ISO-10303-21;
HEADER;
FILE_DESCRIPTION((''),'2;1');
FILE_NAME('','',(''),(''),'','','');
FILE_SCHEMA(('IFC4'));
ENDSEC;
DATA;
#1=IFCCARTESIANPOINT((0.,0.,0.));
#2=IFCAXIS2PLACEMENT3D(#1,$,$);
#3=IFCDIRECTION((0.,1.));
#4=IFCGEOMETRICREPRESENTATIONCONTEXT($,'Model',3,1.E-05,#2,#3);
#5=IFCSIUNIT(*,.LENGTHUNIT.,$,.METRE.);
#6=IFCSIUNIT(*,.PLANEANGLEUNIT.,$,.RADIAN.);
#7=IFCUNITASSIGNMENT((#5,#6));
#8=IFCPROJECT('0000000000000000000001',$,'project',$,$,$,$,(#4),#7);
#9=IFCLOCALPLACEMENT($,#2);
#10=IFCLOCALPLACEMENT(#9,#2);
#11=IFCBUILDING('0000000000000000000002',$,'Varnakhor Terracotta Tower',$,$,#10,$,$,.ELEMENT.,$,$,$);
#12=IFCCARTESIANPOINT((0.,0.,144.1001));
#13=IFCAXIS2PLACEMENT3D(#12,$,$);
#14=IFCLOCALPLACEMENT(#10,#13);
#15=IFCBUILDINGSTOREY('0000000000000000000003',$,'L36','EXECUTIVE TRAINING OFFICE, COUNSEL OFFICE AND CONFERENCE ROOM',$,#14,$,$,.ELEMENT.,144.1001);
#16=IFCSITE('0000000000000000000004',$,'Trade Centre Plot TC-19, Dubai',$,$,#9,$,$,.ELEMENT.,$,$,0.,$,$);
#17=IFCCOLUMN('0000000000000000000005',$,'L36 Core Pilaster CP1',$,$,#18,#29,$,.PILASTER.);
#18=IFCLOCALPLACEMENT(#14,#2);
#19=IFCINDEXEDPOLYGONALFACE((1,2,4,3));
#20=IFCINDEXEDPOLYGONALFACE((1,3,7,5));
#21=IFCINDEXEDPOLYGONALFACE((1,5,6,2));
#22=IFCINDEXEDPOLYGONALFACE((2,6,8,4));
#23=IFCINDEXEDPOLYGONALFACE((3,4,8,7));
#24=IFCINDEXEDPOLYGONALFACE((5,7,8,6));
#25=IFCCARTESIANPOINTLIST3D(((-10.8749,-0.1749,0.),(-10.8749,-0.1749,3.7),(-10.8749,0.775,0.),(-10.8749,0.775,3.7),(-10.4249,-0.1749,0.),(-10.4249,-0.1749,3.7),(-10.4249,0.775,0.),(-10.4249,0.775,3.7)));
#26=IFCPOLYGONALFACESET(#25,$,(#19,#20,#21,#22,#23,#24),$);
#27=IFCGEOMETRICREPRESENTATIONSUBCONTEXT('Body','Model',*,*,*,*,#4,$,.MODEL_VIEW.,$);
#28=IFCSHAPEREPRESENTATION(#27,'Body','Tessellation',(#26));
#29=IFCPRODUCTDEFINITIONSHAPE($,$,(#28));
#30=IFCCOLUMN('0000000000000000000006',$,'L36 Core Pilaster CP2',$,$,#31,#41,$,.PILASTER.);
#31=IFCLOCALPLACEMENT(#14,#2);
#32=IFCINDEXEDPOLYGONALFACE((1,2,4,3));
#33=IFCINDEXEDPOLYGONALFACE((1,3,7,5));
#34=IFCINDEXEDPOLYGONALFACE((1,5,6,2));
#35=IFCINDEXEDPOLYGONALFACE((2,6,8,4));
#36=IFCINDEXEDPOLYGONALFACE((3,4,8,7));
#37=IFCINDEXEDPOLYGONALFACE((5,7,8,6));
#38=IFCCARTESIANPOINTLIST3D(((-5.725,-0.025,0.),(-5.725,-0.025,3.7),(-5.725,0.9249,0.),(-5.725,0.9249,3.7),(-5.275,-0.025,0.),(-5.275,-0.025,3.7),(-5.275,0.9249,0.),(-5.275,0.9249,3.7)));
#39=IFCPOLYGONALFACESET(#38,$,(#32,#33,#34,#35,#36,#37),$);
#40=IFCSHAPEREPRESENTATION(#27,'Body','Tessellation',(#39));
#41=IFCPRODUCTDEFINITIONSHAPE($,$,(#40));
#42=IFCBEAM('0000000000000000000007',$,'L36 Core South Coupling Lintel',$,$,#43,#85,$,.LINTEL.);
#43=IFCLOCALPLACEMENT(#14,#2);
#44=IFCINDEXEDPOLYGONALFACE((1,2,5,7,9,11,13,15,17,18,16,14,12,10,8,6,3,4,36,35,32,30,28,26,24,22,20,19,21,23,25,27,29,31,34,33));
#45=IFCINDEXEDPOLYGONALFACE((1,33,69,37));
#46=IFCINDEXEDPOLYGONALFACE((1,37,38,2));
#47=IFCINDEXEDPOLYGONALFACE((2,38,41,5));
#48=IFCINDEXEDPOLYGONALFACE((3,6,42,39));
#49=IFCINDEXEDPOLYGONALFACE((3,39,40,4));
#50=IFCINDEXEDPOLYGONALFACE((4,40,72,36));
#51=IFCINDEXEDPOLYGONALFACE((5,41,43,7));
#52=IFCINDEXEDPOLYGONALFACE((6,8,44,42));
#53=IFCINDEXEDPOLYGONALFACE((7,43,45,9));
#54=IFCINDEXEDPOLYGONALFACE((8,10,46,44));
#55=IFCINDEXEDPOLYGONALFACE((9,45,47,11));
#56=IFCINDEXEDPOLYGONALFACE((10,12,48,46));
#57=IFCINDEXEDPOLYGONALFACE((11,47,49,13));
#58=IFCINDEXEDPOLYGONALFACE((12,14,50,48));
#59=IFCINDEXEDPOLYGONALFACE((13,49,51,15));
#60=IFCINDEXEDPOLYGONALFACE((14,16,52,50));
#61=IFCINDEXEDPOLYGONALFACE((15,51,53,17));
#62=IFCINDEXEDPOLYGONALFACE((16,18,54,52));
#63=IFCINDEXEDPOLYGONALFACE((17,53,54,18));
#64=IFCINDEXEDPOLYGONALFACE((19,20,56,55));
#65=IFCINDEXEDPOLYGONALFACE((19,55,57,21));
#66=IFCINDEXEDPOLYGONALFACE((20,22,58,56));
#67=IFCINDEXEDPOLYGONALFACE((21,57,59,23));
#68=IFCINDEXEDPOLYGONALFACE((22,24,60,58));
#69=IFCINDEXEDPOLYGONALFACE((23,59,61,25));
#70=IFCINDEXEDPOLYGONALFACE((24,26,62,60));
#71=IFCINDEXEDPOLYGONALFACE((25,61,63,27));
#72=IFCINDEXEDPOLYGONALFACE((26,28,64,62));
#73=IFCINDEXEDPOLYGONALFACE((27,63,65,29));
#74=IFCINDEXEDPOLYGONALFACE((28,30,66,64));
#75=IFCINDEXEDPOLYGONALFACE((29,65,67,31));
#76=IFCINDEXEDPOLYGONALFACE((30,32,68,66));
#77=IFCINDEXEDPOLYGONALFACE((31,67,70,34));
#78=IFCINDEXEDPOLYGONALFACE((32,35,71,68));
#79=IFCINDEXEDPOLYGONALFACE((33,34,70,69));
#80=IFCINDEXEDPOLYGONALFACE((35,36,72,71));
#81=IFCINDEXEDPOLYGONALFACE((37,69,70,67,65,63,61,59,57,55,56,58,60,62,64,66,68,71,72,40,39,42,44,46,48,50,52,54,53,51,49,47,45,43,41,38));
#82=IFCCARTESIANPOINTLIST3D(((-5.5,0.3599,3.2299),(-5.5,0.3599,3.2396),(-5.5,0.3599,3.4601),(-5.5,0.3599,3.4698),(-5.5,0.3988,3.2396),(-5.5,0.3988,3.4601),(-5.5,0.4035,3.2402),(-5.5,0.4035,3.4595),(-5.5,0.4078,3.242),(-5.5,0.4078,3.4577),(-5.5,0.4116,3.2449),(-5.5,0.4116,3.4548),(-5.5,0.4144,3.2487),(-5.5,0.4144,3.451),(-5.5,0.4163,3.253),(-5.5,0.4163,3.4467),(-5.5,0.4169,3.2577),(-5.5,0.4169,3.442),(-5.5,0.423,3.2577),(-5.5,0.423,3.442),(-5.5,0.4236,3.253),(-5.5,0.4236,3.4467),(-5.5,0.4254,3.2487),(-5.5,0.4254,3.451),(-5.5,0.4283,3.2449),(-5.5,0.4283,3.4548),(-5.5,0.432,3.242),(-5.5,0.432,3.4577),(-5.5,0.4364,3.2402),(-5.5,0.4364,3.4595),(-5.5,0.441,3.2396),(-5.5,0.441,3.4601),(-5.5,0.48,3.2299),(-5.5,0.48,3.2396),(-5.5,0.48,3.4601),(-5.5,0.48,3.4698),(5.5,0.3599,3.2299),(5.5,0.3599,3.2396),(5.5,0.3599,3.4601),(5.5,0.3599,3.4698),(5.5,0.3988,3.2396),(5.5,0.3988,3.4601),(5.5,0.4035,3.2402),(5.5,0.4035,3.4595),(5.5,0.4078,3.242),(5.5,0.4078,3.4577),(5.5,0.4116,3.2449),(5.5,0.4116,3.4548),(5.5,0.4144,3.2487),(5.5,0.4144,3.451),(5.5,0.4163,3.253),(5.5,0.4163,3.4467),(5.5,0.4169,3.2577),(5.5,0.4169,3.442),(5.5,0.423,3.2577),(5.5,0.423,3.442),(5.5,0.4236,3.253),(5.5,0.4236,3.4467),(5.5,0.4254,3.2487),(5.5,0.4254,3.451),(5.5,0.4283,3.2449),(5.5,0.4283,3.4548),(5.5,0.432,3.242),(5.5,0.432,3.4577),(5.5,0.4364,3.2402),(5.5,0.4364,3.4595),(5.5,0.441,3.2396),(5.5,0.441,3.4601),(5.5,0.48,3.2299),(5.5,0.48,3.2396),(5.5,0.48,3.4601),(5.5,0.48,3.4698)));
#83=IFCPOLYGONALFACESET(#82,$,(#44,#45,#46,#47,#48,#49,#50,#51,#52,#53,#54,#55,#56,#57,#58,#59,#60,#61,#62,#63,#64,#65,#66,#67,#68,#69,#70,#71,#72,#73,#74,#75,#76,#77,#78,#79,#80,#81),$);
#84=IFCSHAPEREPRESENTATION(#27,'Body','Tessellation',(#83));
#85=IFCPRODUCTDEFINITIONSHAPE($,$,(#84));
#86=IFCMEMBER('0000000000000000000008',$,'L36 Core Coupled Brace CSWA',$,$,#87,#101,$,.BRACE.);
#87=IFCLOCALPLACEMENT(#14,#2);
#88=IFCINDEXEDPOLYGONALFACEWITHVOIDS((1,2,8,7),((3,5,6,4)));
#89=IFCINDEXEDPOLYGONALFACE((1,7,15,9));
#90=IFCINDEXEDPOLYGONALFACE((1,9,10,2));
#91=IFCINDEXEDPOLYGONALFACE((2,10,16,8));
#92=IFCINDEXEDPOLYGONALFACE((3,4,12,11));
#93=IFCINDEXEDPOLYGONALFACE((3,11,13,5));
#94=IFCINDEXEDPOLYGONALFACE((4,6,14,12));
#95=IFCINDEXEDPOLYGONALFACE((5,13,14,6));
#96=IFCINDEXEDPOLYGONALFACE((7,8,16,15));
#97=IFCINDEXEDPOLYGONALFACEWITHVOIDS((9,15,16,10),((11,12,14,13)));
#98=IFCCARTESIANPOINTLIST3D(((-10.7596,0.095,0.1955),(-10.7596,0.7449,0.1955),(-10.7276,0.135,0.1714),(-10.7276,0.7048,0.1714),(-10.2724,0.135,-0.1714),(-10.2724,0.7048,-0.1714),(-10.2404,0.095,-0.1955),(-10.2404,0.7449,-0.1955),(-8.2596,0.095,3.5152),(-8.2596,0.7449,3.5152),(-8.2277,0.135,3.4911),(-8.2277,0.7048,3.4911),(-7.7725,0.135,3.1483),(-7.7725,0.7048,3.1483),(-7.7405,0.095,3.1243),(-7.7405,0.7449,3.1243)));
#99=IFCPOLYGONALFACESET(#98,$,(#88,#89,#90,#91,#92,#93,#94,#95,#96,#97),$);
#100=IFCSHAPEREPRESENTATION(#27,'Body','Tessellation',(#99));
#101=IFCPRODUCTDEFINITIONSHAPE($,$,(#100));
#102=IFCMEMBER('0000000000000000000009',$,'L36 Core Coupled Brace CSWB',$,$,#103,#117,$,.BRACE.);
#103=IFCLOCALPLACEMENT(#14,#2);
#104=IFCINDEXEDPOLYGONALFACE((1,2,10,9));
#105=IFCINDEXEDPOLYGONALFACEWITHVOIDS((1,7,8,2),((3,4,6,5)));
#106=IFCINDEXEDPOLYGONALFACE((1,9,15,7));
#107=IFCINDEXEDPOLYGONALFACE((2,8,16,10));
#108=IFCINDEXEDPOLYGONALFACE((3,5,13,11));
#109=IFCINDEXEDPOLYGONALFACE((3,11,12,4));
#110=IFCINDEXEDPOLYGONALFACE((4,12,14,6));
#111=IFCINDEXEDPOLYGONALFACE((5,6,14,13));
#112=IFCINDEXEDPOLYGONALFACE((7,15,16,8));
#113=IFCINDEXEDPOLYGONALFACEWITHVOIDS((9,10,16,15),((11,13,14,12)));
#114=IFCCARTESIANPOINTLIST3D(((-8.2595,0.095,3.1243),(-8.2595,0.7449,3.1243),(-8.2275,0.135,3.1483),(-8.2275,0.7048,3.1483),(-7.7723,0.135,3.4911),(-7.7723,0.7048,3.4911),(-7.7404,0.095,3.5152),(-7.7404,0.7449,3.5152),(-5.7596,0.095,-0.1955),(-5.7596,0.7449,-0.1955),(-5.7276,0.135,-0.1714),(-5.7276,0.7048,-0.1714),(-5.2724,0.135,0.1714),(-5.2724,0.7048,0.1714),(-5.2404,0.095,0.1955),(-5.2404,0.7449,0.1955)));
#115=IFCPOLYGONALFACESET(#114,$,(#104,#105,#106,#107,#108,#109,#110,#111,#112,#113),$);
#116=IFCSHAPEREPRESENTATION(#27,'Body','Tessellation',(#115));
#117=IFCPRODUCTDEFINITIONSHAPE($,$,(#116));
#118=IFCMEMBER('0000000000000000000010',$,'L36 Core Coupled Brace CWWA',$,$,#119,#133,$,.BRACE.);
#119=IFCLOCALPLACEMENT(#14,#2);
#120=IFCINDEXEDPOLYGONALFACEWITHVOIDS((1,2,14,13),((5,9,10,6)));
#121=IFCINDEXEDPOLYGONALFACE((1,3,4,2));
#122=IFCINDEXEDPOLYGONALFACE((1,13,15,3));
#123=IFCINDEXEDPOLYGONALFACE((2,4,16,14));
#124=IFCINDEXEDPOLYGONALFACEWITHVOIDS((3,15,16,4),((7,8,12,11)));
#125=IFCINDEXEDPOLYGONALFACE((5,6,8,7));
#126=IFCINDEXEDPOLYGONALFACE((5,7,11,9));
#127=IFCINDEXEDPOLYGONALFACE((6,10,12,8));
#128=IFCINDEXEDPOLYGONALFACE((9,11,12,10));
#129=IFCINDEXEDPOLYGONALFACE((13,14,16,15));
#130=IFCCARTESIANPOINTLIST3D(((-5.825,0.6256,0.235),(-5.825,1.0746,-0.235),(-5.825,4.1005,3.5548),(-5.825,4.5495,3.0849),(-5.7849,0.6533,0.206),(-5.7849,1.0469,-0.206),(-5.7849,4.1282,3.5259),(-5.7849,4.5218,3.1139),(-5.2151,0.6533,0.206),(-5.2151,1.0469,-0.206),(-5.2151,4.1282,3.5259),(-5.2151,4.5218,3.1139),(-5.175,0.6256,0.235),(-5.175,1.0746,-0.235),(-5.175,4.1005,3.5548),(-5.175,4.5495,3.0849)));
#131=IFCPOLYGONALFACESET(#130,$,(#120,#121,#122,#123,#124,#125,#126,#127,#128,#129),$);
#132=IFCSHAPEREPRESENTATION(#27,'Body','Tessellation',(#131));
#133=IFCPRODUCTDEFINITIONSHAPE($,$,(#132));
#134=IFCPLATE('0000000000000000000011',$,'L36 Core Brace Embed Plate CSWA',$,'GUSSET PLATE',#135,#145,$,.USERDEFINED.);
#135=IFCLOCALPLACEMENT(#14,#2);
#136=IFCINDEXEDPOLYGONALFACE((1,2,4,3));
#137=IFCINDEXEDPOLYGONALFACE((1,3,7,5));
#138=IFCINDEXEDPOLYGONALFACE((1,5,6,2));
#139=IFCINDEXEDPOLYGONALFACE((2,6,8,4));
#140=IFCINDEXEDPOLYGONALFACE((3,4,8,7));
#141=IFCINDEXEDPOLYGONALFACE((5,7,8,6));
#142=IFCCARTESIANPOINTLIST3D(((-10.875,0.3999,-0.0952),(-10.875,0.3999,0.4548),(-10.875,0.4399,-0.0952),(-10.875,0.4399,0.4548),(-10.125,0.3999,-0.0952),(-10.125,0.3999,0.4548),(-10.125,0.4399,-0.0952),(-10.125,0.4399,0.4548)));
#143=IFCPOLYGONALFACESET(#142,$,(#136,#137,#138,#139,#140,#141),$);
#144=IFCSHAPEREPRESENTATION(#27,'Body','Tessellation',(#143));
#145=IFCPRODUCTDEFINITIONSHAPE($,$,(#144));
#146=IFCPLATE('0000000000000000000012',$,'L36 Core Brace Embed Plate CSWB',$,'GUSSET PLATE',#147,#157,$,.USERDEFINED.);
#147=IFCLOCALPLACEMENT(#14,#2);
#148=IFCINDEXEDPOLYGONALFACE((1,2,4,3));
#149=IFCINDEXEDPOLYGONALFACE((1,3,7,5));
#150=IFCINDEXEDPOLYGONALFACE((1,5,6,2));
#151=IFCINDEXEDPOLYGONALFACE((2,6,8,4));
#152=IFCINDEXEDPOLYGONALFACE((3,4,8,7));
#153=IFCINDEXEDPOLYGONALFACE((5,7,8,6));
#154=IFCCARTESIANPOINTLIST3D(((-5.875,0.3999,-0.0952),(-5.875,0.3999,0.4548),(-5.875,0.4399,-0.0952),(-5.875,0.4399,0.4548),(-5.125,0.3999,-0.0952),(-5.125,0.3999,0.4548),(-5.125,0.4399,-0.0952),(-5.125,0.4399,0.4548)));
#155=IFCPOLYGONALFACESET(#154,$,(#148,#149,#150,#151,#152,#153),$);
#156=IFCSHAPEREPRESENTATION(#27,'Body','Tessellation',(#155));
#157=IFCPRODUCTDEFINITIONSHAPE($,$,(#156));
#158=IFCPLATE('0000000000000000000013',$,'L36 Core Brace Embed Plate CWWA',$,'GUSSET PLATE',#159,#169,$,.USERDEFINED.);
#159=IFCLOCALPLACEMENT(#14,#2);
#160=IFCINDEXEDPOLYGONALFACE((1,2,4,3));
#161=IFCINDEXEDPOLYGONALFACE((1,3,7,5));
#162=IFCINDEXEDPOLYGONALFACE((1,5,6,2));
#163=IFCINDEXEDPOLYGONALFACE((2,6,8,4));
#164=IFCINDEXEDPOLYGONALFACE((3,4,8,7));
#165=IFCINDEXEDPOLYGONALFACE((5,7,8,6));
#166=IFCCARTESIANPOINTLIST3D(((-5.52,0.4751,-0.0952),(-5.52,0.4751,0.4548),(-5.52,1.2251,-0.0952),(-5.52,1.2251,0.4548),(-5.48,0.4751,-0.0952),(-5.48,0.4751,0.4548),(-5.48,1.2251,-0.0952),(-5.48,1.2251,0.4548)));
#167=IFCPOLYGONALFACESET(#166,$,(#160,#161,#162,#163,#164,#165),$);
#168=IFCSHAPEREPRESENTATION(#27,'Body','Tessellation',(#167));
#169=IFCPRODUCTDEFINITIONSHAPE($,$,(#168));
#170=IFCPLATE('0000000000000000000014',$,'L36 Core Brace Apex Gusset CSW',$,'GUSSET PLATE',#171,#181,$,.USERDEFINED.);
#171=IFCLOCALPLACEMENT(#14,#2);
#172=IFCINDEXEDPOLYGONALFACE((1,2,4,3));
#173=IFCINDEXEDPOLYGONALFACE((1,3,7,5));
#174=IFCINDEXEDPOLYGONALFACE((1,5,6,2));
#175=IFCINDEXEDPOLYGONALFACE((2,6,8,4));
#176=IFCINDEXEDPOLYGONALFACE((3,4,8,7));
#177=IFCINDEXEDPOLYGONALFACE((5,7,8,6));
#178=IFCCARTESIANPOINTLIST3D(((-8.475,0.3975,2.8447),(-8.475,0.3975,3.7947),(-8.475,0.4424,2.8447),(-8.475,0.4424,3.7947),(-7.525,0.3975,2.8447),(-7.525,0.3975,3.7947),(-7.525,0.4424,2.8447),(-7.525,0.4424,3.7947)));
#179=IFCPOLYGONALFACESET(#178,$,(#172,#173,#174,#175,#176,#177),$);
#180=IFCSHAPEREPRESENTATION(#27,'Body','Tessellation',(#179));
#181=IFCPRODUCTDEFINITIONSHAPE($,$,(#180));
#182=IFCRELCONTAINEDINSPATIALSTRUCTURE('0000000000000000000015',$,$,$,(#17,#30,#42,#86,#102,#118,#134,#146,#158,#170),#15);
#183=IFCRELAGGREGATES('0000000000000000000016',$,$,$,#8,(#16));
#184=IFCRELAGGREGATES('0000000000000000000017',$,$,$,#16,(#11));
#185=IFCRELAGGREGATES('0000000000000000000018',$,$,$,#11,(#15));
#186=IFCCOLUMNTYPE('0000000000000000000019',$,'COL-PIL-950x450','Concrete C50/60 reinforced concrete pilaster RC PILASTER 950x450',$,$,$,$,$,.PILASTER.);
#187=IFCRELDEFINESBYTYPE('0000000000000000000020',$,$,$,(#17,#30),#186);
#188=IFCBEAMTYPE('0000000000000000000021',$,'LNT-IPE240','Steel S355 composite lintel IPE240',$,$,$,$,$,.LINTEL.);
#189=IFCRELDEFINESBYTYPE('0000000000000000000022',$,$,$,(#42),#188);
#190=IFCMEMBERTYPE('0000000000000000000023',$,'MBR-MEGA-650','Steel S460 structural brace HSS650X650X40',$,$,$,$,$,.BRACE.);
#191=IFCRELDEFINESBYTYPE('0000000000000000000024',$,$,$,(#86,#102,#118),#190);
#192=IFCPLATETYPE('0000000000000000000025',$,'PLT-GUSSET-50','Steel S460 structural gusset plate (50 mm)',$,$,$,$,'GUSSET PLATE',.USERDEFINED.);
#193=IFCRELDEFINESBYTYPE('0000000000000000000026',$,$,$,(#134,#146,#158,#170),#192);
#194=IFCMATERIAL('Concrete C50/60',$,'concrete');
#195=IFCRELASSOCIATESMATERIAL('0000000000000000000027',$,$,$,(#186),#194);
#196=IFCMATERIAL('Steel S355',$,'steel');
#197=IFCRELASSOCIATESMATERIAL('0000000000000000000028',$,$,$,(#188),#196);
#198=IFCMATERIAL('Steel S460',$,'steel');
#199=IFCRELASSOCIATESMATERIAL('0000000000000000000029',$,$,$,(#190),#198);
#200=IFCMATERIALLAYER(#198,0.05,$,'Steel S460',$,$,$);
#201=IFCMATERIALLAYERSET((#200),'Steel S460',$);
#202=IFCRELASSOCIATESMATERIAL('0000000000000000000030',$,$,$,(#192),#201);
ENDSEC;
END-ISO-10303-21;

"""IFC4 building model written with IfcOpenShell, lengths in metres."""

from ifc_helpers import new_model, si_unit, direction, frame, origin, origin_2d, place, context, subcontext, project, spatial, rectangle, hollow_rectangle, i_section, extrude, source, transform, mapped, material, layer, layer_set, material_profile, profile_set, type_object, type_shapes, element, save


model = new_model("IFC4")

# Units and contexts
model_context = context("Model", 3, precision=1e-05, world=origin(), true_north=direction((0.0, 1.0)))
body_context = subcontext(model_context, "Body", "Model", "MODEL_VIEW")
ifc_project = project(units=[si_unit("LENGTHUNIT", "METRE"), si_unit("PLANEANGLEUNIT", "RADIAN")], contexts=[model_context])

# Site, building, storey
site_placement = place(None, origin())
site = spatial("IfcSite", under=ifc_project, at=site_placement, Name="Trade Centre Plot TC-19, Dubai", CompositionType="ELEMENT", RefElevation=0.0)
building_placement = place(site_placement, origin())
building = spatial("IfcBuilding", under=site, at=building_placement, Name="Varnakhor Terracotta Tower", CompositionType="ELEMENT")
storey_placement = place(building_placement, frame((0.0, 0.0, 144.1001)))
storey = spatial("IfcBuildingStorey", under=building, at=storey_placement, Name="L36", Description="EXECUTIVE TRAINING OFFICE, COUNSEL OFFICE AND CONFERENCE ROOM", CompositionType="ELEMENT", Elevation=144.1001)

# Columns
ifc_material_1 = material(Name="Concrete C50/60", Category="concrete")
ifc_material_profile_1 = material_profile(ifc_material_1, rectangle(XDim=0.45, YDim=0.95, at=origin_2d()), Name="RC PILASTER 950x450")
ifc_profile_set_1 = profile_set([ifc_material_profile_1], Name="Concrete C50/60")
column_type = type_object("IfcColumnType", Name="COL-PIL-950x450", Description="Concrete C50/60 reinforced concrete pilaster RC PILASTER 950x450", PredefinedType="PILASTER", material=ifc_profile_set_1)
shared_shape_1 = source(origin(), body_context, "Body", "SweptSolid", [
    extrude(rectangle(XDim=0.45, YDim=0.95, at=origin_2d()), origin(), (0.0, 0.0, 1.0), 3.7),
])
for number, where, z_axis, x_axis, name in (
    (1, (-10.6499, 0.3, 0.0), (0.0, 0.0, 1.0), (1.0, 0.0, 0.0), "L36 Core Pilaster CP1"),
    (2, (-5.5, 0.45, 0.0), (0.0, 0.0, 1.0), (1.0, 0.0, 0.0), "L36 Core Pilaster CP2"),
):
    element("IfcColumn", number, at=place(storey_placement, frame(where, z_axis=z_axis, x_axis=x_axis)), inside=storey, type_object=column_type, Name=name, PredefinedType="PILASTER", context=body_context, shape_type="MappedRepresentation", body=[
        mapped(shared_shape_1, transform((0.0, 0.0, 0.0), scale=1.0)),
    ])

# Beam
ifc_material_2 = material(Name="Steel S355", Category="steel")
ifc_material_profile_2 = material_profile(ifc_material_2, i_section(OverallWidth=0.1201, OverallDepth=0.24, WebThickness=0.0061, FlangeThickness=0.0098, FilletRadius=0.0181, at=origin_2d()), Name="IPE240")
ifc_profile_set_2 = profile_set([ifc_material_profile_2], Name="Steel S355")
beam_type = type_object("IfcBeamType", Name="LNT-IPE240", Description="Steel S355 composite lintel IPE240", PredefinedType="LINTEL", material=ifc_profile_set_2)
shared_shape_2 = source(origin(), body_context, "Body", "SweptSolid", [
    extrude(i_section(OverallWidth=0.1201, OverallDepth=0.24, WebThickness=0.0061, FlangeThickness=0.0098, FilletRadius=0.0181, at=origin_2d()), origin(), (0.0, 0.0, 1.0), 11.0),
])
type_shapes(beam_type, [shared_shape_2])
beam_placement = place(storey_placement, frame((-5.5, 0.4199, 3.3499), z_axis=(1.0, 0.0, 0.0), x_axis=(0.0, 1.0, 0.0)))
element("IfcBeam", 3, at=beam_placement, inside=storey, type_object=beam_type, Name="L36 Core South Coupling Lintel", PredefinedType="LINTEL", context=body_context, shape_type="MappedRepresentation", body=[
    mapped(shared_shape_2, transform((0.0, 0.0, 0.0), scale=1.0)),
])

# Members
ifc_material_3 = material(Name="Steel S460", Category="steel")
ifc_material_profile_3 = material_profile(ifc_material_3, hollow_rectangle(XDim=0.6499, YDim=0.6499, WallThickness=0.04, at=origin_2d()), Name="HSS650X650X40")
ifc_profile_set_3 = profile_set([ifc_material_profile_3], Name="Steel S460")
member_type = type_object("IfcMemberType", Name="MBR-MEGA-650", Description="Steel S460 structural brace HSS650X650X40", PredefinedType="BRACE", material=ifc_profile_set_3)
shared_shape_3 = source(origin(), body_context, "Body", "SweptSolid", [
    extrude(hollow_rectangle(XDim=0.6499, YDim=0.6499, WallThickness=0.04, at=origin_2d()), origin(), (0.0, 0.0, 1.0), 4.1558),
])
for number, where, z_axis, x_axis, name in (
    (4, (-10.5, 0.4199, 0.0), (0.601559, 0.0, 0.798828), (0.0, 1.0, 0.0), "L36 Core Coupled Brace CSWA"),
    (5, (-5.5, 0.4199, 0.0), (-0.601559, 0.0, 0.798828), (0.0, -1.0, 0.0), "L36 Core Coupled Brace CSWB"),
):
    element("IfcMember", number, at=place(storey_placement, frame(where, z_axis=z_axis, x_axis=x_axis)), inside=storey, type_object=member_type, Name=name, PredefinedType="BRACE", context=body_context, shape_type="MappedRepresentation", body=[
        mapped(shared_shape_3, transform((0.0, 0.0, 0.0), scale=1.0)),
    ])
shared_shape_4 = source(origin(), body_context, "Body", "SweptSolid", [
    extrude(hollow_rectangle(XDim=0.6499, YDim=0.6499, WallThickness=0.04, at=origin_2d()), origin(), (0.0, 0.0, 1.0), 4.8059),
])
member_placement = place(storey_placement, frame((-5.5, 0.8501, 0.0), z_axis=(0.0, 0.723052, 0.690793), x_axis=(-1.0, 0.0, 0.0)))
element("IfcMember", 6, at=member_placement, inside=storey, type_object=member_type, Name="L36 Core Coupled Brace CWWA", PredefinedType="BRACE", context=body_context, shape_type="MappedRepresentation", body=[
    mapped(shared_shape_4, transform((0.0, 0.0, 0.0), scale=1.0)),
])

# Plates
ifc_layer_1 = layer(ifc_material_3, 0.05, Name="Steel S460")
ifc_layer_set_1 = layer_set([ifc_layer_1], Name="Steel S460")
plate_type = type_object("IfcPlateType", Name="PLT-GUSSET-50", Description="Steel S460 structural gusset plate (50 mm)", ElementType="GUSSET PLATE", PredefinedType="USERDEFINED", material=ifc_layer_set_1)
shared_shape_5 = source(origin(), body_context, "Body", "SweptSolid", [
    extrude(rectangle(XDim=0.75, YDim=0.04, at=origin_2d()), origin(), (0.0, 0.0, 1.0), 0.55),
])
type_shapes(plate_type, [shared_shape_5])
for number, where, z_axis, x_axis, name in (
    (7, (-10.5, 0.4199, -0.0952), (0.0, 0.0, 1.0), (1.0, 0.0, 0.0), "L36 Core Brace Embed Plate CSWA"),
    (8, (-5.5, 0.4199, -0.0952), (0.0, 0.0, 1.0), (1.0, 0.0, 0.0), "L36 Core Brace Embed Plate CSWB"),
    (9, (-5.5, 0.8501, -0.0952), (0.0, 0.0, 1.0), (0.0, 1.0, 0.0), "L36 Core Brace Embed Plate CWWA"),
):
    element("IfcPlate", number, at=place(storey_placement, frame(where, z_axis=z_axis, x_axis=x_axis)), inside=storey, type_object=plate_type, Name=name, ObjectType="GUSSET PLATE", PredefinedType="USERDEFINED", context=body_context, shape_type="MappedRepresentation", body=[
        mapped(shared_shape_5, transform((0.0, 0.0, 0.0), scale=1.0)),
    ])
shared_shape_6 = source(origin(), body_context, "Body", "SweptSolid", [
    extrude(rectangle(XDim=0.95, YDim=0.0449, at=origin_2d()), origin(), (0.0, 0.0, 1.0), 0.95),
])
plate_placement = place(storey_placement, frame((-8.0, 0.4199, 2.8447), z_axis=(0.0, 0.0, 1.0), x_axis=(1.0, 0.0, 0.0)))
element("IfcPlate", 10, at=plate_placement, inside=storey, type_object=plate_type, Name="L36 Core Brace Apex Gusset CSW", ObjectType="GUSSET PLATE", PredefinedType="USERDEFINED", context=body_context, shape_type="MappedRepresentation", body=[
    mapped(shared_shape_6, transform((0.0, 0.0, 0.0), scale=1.0)),
])

save(model, "model.ifc")
